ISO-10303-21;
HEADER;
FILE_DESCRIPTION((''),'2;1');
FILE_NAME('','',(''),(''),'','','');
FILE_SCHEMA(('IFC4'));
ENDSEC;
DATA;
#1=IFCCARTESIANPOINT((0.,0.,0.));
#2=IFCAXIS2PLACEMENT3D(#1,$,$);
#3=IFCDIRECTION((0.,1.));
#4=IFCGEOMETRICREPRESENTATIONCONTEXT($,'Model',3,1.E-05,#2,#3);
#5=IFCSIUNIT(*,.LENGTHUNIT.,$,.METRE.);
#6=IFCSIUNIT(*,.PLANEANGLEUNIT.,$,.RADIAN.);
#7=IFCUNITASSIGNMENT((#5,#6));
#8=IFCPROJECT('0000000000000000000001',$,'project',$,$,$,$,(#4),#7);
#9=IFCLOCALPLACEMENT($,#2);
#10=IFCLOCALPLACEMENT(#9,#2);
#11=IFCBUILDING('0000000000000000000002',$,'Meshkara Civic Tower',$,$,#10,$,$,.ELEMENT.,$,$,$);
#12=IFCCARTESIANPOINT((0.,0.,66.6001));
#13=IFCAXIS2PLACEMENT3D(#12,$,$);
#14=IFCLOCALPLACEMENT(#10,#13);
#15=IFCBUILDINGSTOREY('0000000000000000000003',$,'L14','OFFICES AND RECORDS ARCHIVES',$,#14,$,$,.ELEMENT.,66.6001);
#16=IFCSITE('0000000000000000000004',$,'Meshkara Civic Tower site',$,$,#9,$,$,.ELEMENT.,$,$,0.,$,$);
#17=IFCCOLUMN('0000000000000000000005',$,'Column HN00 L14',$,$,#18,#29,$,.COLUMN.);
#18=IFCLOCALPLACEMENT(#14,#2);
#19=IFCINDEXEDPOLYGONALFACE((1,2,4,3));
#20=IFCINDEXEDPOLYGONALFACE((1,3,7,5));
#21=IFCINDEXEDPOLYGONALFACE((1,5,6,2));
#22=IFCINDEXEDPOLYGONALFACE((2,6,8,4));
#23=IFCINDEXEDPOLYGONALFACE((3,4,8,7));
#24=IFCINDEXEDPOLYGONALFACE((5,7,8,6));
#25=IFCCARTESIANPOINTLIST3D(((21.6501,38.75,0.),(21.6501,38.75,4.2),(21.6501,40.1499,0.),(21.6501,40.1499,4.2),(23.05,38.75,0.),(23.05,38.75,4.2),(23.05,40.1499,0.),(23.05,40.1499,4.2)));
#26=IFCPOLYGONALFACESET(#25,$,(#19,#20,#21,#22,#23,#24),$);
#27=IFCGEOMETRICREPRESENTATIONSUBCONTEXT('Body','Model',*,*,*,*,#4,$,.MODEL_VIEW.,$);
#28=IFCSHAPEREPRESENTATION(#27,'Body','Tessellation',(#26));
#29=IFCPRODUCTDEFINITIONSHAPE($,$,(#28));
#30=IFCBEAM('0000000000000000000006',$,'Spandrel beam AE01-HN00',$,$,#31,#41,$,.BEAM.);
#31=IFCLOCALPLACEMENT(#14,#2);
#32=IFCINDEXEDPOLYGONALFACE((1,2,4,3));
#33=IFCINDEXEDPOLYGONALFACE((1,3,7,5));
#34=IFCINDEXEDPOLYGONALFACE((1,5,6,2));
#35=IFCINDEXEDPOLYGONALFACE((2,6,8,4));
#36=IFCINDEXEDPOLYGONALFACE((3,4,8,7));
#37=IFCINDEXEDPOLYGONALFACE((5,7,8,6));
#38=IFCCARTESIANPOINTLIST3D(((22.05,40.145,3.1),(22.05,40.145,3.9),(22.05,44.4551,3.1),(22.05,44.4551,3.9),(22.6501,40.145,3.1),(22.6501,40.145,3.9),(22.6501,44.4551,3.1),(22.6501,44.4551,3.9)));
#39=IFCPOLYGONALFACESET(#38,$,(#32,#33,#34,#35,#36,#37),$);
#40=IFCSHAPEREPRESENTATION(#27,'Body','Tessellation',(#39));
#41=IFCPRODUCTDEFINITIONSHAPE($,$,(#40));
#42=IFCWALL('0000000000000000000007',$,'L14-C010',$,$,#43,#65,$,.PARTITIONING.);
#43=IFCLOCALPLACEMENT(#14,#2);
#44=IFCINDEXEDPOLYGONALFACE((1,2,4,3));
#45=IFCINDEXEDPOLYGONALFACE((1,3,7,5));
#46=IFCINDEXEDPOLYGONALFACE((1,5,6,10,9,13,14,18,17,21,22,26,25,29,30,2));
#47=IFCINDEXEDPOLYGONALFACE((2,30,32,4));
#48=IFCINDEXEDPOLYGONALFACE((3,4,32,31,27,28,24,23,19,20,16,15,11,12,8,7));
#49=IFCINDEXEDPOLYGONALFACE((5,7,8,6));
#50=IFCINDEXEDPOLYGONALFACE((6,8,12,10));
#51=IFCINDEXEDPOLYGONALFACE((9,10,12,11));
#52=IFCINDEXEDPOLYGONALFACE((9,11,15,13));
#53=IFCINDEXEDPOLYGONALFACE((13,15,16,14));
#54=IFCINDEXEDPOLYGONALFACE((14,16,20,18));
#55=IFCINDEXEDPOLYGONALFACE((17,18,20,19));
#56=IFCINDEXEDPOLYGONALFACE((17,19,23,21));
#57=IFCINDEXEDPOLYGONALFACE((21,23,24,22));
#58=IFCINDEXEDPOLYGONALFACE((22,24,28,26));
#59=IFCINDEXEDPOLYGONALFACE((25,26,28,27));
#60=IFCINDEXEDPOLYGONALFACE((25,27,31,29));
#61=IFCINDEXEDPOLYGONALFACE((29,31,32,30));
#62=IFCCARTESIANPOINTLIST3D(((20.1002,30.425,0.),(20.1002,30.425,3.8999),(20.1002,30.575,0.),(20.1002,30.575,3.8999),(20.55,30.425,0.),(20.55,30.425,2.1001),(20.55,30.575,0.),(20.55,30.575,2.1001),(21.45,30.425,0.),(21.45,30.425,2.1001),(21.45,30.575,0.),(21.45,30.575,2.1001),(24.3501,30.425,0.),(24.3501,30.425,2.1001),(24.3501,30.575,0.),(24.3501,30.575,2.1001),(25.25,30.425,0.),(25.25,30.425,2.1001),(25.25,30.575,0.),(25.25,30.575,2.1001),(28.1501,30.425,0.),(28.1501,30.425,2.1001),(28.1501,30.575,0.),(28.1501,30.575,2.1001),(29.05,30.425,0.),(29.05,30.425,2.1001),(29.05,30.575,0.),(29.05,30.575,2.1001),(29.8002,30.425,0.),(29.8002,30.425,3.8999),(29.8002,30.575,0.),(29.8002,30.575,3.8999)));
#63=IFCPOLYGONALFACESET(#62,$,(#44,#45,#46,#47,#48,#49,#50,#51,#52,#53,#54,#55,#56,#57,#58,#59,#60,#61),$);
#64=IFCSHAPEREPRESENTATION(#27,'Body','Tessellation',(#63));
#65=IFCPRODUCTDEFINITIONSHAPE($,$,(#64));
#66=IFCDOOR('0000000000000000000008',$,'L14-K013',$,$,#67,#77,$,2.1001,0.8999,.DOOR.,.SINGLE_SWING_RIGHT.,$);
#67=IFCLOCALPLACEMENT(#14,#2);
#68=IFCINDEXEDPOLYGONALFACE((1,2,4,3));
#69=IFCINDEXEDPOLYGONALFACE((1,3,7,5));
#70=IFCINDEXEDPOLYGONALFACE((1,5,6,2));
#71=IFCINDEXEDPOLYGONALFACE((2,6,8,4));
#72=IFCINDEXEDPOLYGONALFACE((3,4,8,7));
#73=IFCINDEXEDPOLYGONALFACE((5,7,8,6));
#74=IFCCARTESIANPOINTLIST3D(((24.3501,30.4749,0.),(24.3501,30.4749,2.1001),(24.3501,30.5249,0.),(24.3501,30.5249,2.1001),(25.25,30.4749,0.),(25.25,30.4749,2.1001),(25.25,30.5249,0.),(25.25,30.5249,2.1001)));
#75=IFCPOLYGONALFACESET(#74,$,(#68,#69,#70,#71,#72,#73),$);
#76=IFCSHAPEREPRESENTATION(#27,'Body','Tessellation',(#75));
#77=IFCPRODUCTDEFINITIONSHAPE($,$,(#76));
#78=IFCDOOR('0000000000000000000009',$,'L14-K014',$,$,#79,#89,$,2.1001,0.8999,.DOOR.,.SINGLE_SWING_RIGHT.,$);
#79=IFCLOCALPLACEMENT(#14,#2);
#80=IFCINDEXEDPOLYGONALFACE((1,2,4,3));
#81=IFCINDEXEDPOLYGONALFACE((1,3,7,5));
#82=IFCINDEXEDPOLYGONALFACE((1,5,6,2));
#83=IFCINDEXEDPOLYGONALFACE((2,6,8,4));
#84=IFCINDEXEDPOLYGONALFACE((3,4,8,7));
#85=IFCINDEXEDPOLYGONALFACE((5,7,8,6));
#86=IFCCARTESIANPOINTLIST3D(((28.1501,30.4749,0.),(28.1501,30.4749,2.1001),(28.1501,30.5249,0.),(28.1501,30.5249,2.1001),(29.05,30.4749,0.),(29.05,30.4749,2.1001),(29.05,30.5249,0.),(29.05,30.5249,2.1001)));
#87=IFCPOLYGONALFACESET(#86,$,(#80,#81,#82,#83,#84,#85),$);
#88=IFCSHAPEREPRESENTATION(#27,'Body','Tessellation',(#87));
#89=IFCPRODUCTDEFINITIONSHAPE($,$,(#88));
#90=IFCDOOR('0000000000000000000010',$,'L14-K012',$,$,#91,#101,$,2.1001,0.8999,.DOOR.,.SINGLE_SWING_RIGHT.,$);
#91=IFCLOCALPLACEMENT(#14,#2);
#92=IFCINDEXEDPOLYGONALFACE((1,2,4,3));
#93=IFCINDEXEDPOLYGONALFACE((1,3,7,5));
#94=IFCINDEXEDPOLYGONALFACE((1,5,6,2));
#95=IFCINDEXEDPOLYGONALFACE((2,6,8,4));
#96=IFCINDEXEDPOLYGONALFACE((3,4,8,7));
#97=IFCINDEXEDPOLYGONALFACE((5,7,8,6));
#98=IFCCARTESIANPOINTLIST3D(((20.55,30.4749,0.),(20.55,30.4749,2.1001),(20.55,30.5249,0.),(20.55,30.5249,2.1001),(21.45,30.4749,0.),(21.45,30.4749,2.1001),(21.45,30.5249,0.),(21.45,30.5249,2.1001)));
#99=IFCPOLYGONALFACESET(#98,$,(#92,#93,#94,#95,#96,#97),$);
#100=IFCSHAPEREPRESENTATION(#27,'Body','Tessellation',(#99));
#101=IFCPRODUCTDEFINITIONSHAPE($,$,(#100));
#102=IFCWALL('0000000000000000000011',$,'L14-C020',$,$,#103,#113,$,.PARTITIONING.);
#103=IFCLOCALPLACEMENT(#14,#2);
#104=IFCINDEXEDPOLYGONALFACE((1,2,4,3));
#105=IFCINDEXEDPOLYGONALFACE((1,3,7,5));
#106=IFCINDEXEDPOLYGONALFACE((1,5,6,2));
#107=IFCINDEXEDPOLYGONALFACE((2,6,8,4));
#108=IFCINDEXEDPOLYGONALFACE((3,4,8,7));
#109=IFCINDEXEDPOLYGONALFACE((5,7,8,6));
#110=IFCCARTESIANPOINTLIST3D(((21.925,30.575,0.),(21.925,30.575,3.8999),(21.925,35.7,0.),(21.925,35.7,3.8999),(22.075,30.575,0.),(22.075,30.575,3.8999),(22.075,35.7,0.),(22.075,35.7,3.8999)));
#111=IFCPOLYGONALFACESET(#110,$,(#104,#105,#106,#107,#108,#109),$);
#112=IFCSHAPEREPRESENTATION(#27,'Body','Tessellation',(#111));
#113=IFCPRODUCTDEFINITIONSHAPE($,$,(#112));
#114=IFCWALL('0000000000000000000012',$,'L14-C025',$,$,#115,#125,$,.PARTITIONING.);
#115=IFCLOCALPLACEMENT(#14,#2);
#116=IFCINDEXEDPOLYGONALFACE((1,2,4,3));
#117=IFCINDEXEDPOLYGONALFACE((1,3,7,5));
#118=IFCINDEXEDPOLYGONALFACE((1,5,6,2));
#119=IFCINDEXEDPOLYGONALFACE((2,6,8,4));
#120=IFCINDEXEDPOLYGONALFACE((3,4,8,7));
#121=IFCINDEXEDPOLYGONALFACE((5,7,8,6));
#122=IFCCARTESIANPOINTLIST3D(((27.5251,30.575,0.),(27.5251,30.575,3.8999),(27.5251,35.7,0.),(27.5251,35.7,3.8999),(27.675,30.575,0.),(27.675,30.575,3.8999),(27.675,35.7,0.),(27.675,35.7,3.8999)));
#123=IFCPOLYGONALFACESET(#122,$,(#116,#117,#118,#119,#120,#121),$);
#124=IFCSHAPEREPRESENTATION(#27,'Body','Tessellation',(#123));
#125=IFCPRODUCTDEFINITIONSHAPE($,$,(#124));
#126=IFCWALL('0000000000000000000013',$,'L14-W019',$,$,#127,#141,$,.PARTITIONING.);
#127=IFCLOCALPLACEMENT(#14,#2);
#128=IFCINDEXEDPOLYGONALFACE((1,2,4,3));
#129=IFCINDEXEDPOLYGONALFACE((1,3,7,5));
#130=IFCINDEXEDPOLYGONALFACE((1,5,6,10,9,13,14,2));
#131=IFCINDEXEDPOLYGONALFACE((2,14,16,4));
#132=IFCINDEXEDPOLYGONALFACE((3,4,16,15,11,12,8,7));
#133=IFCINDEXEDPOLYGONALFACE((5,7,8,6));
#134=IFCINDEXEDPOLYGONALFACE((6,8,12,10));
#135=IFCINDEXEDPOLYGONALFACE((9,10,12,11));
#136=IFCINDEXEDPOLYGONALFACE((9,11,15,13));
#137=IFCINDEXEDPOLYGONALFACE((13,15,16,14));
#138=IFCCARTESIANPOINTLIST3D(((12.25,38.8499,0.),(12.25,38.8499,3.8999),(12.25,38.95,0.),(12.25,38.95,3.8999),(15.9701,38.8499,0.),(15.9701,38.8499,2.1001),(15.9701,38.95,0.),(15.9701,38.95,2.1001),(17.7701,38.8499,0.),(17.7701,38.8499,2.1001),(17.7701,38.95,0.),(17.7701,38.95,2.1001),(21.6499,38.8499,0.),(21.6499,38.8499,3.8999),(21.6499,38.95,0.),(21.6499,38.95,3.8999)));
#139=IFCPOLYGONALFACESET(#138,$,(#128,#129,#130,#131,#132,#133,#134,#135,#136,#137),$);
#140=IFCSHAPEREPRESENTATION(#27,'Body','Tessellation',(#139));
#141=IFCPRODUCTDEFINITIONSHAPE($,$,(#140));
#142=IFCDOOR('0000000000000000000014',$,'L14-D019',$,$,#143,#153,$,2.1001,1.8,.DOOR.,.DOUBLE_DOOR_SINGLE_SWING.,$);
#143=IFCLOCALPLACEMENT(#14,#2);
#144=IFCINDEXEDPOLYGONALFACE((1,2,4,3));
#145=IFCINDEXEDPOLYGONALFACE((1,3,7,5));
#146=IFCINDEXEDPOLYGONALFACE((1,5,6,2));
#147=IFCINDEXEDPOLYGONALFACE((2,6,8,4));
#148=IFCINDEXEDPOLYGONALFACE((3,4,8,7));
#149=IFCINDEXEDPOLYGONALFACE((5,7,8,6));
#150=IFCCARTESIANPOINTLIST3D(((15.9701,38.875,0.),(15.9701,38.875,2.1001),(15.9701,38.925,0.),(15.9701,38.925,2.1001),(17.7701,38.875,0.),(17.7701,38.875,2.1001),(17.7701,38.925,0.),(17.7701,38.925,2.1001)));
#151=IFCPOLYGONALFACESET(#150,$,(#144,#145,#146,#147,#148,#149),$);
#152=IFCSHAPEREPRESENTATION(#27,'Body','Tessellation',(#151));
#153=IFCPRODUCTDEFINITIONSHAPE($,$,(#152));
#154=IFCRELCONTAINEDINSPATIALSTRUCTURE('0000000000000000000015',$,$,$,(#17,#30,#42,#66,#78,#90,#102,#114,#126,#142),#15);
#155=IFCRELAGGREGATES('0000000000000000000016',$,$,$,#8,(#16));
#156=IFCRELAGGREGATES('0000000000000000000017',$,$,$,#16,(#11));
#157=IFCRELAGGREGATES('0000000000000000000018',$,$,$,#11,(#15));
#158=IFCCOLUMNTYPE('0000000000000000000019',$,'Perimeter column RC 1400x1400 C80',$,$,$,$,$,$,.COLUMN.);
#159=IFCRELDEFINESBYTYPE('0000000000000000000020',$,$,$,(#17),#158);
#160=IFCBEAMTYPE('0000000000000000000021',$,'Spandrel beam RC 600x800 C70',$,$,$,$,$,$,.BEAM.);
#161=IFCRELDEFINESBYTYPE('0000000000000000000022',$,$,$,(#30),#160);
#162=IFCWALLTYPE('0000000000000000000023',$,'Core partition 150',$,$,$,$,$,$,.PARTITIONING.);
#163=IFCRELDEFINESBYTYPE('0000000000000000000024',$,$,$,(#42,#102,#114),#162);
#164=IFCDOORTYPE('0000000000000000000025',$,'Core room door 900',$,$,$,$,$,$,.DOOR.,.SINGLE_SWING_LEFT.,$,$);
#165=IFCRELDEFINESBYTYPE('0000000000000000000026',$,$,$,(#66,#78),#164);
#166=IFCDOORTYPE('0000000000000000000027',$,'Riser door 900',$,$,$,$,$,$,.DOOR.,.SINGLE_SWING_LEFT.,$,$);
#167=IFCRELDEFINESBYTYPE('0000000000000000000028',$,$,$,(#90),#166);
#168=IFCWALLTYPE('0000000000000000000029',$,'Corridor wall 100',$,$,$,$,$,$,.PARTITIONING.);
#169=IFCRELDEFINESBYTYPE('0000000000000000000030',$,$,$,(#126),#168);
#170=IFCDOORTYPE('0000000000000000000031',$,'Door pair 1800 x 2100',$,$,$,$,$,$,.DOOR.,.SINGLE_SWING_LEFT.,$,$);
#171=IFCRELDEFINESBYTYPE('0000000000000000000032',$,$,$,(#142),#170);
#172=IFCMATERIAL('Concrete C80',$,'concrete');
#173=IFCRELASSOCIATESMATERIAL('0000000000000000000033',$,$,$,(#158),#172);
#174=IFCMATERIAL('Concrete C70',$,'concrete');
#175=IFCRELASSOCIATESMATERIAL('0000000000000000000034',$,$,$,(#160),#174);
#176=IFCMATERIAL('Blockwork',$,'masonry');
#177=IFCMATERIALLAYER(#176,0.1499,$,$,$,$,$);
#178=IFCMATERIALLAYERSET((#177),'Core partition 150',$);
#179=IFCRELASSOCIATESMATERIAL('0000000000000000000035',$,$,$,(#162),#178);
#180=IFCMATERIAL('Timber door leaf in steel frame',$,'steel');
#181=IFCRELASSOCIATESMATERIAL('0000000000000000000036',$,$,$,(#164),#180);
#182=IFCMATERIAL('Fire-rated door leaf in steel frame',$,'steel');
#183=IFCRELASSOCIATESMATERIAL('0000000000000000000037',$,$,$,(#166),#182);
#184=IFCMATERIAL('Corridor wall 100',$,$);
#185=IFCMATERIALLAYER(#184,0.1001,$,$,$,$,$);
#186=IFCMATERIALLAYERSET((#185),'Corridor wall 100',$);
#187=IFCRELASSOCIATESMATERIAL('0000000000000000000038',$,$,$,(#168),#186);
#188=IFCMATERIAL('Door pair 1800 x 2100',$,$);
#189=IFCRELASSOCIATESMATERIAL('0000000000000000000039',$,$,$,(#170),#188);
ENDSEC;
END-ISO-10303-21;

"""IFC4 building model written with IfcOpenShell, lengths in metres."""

from ifc_helpers import new_model, si_unit, direction, frame, frame_2d, origin, origin_2d, place, context, subcontext, project, spatial, rectangle, extrude, material, layer, layer_set, material_profile, profile_set, type_object, element, fill, save


model = new_model("IFC4")

# Units and contexts
model_context = context("Model", 3, precision=1e-05, world=origin(), true_north=direction((0.0, 1.0)))
body_context = subcontext(model_context, "Body", "Model", "MODEL_VIEW")
ifc_project = project(units=[si_unit("LENGTHUNIT", "METRE"), si_unit("PLANEANGLEUNIT", "RADIAN")], contexts=[model_context])

# Site, building, storey
site_placement = place(None, origin())
site = spatial("IfcSite", under=ifc_project, at=site_placement, Name="Meshkara Civic Tower site", CompositionType="ELEMENT", RefElevation=0.0)
building_placement = place(site_placement, origin())
building = spatial("IfcBuilding", under=site, at=building_placement, Name="Meshkara Civic Tower", CompositionType="ELEMENT")
storey_placement = place(building_placement, frame((0.0, 0.0, 66.6001)))
storey = spatial("IfcBuildingStorey", under=building, at=storey_placement, Name="L14", Description="OFFICES AND RECORDS ARCHIVES", CompositionType="ELEMENT", Elevation=66.6001)

# Column
ifc_material_1 = material(Name="Concrete C80", Category="concrete")
ifc_material_profile_1 = material_profile(ifc_material_1, rectangle(XDim=1.3999, YDim=1.3999, at=origin_2d()))
ifc_profile_set_1 = profile_set([ifc_material_profile_1], Name="Concrete C80")
column_type = type_object("IfcColumnType", Name="Perimeter column RC 1400x1400 C80", PredefinedType="COLUMN", material=ifc_profile_set_1)
column_placement = place(storey_placement, frame((22.3501, 39.45, 0.0), z_axis=(0.0, 0.0, 1.0), x_axis=(1.0, 0.0, 0.0)))
element("IfcColumn", 1, at=column_placement, inside=storey, type_object=column_type, Name="Column HN00 L14", PredefinedType="COLUMN", context=body_context, shape_type="SweptSolid", body=[
    extrude(rectangle(XDim=1.3999, YDim=1.3999, at=origin_2d()), origin(), (0.0, 0.0, 1.0), 4.2),
])

# Beam
ifc_material_2 = material(Name="Concrete C70", Category="concrete")
ifc_material_profile_2 = material_profile(ifc_material_2, rectangle(XDim=0.6001, YDim=0.8, at=origin_2d()))
ifc_profile_set_2 = profile_set([ifc_material_profile_2], Name="Concrete C70")
beam_type = type_object("IfcBeamType", Name="Spandrel beam RC 600x800 C70", PredefinedType="BEAM", material=ifc_profile_set_2)
beam_placement = place(storey_placement, frame((22.3501, 40.145, 3.5), z_axis=(0.0, 1.0, 0.0), x_axis=(-1.0, 0.0, 0.0)))
element("IfcBeam", 2, at=beam_placement, inside=storey, type_object=beam_type, Name="Spandrel beam AE01-HN00", PredefinedType="BEAM", context=body_context, shape_type="SweptSolid", body=[
    extrude(rectangle(XDim=0.6001, YDim=0.8, at=origin_2d()), origin(), (0.0, 0.0, 1.0), 4.3101),
])

# Wall, openings, doors
ifc_material_3 = material(Name="Blockwork", Category="masonry")
ifc_layer_1 = layer(ifc_material_3, 0.1499)
ifc_layer_set_1 = layer_set([ifc_layer_1], Name="Core partition 150")
wall_type_1 = type_object("IfcWallType", Name="Core partition 150", PredefinedType="PARTITIONING", material=ifc_layer_set_1)
wall_1_placement = place(storey_placement, frame((20.1001, 30.5, 0.0), z_axis=(0.0, 0.0, 1.0), x_axis=(1.0, 0.0, 0.0)))
wall_1 = element("IfcWall", 3, at=wall_1_placement, inside=storey, type_object=wall_type_1, Name="L14-C010", PredefinedType="PARTITIONING", context=body_context, shape_type="SweptSolid", body=[
    extrude(rectangle(XDim=9.7, YDim=0.1499, at=frame_2d((4.8501, 0.0))), origin(), (0.0, 0.0, 1.0), 3.8999),
])
opening_1_placement = place(wall_1_placement, frame((0.45, 0.0, 0.0)))
opening_1 = element("IfcOpeningElement", 4, at=opening_1_placement, cuts=wall_1, PredefinedType="OPENING", context=body_context, shape_type="SweptSolid", body=[
    extrude(rectangle(XDim=0.8999, YDim=2.1001, at=frame_2d((0.45, 1.05))), frame((0.0, 0.085, 0.0), z_axis=(0.0, -1.0, 0.0), x_axis=(1.0, 0.0, 0.0)), (0.0, 0.0, 1.0), 0.1699),
])
opening_2_placement = place(wall_1_placement, frame((4.25, 0.0, 0.0)))
opening_2 = element("IfcOpeningElement", 5, at=opening_2_placement, cuts=wall_1, PredefinedType="OPENING", context=body_context, shape_type="SweptSolid", body=[
    extrude(rectangle(XDim=0.8999, YDim=2.1001, at=frame_2d((0.45, 1.05))), frame((0.0, 0.085, 0.0), z_axis=(0.0, -1.0, 0.0), x_axis=(1.0, 0.0, 0.0)), (0.0, 0.0, 1.0), 0.1699),
])
opening_3_placement = place(wall_1_placement, frame((8.05, 0.0, 0.0)))
opening_3 = element("IfcOpeningElement", 6, at=opening_3_placement, cuts=wall_1, PredefinedType="OPENING", context=body_context, shape_type="SweptSolid", body=[
    extrude(rectangle(XDim=0.8999, YDim=2.1001, at=frame_2d((0.45, 1.05))), frame((0.0, 0.085, 0.0), z_axis=(0.0, -1.0, 0.0), x_axis=(1.0, 0.0, 0.0)), (0.0, 0.0, 1.0), 0.1699),
])
ifc_material_4 = material(Name="Timber door leaf in steel frame", Category="steel")
door_type_1 = type_object("IfcDoorType", Name="Core room door 900", OperationType="SINGLE_SWING_LEFT", PredefinedType="DOOR", material=ifc_material_4)
door_1_placement = place(opening_2_placement, origin())
door_1 = element("IfcDoor", 7, at=door_1_placement, inside=storey, type_object=door_type_1, Name="L14-K013", OperationType="SINGLE_SWING_RIGHT", OverallHeight=2.1001, OverallWidth=0.8999, PredefinedType="DOOR", context=body_context, shape_type="SweptSolid", body=[
    extrude(rectangle(XDim=0.8999, YDim=2.1001, at=frame_2d((0.45, 1.05))), frame((0.0, 0.0249, 0.0), z_axis=(0.0, -1.0, 0.0), x_axis=(1.0, 0.0, 0.0)), (0.0, 0.0, 1.0), 0.05),
])
fill(opening_2, door_1)
door_2_placement = place(opening_3_placement, origin())
door_2 = element("IfcDoor", 8, at=door_2_placement, inside=storey, type_object=door_type_1, Name="L14-K014", OperationType="SINGLE_SWING_RIGHT", OverallHeight=2.1001, OverallWidth=0.8999, PredefinedType="DOOR", context=body_context, shape_type="SweptSolid", body=[
    extrude(rectangle(XDim=0.8999, YDim=2.1001, at=frame_2d((0.45, 1.05))), frame((0.0, 0.0249, 0.0), z_axis=(0.0, -1.0, 0.0), x_axis=(1.0, 0.0, 0.0)), (0.0, 0.0, 1.0), 0.05),
])
fill(opening_3, door_2)
ifc_material_5 = material(Name="Fire-rated door leaf in steel frame", Category="steel")
door_type_2 = type_object("IfcDoorType", Name="Riser door 900", OperationType="SINGLE_SWING_LEFT", PredefinedType="DOOR", material=ifc_material_5)
door_3_placement = place(opening_1_placement, origin())
door_3 = element("IfcDoor", 9, at=door_3_placement, inside=storey, type_object=door_type_2, Name="L14-K012", OperationType="SINGLE_SWING_RIGHT", OverallHeight=2.1001, OverallWidth=0.8999, PredefinedType="DOOR", context=body_context, shape_type="SweptSolid", body=[
    extrude(rectangle(XDim=0.8999, YDim=2.1001, at=frame_2d((0.45, 1.05))), frame((0.0, 0.0249, 0.0), z_axis=(0.0, -1.0, 0.0), x_axis=(1.0, 0.0, 0.0)), (0.0, 0.0, 1.0), 0.05),
])
fill(opening_1, door_3)

# Walls
for number, where, z_axis, x_axis, name in (
    (10, (22.0, 30.575, 0.0), (0.0, 0.0, 1.0), (0.0, 1.0, 0.0), "L14-C020"),
    (11, (27.6001, 30.575, 0.0), (0.0, 0.0, 1.0), (0.0, 1.0, 0.0), "L14-C025"),
):
    element("IfcWall", number, at=place(storey_placement, frame(where, z_axis=z_axis, x_axis=x_axis)), inside=storey, type_object=wall_type_1, Name=name, PredefinedType="PARTITIONING", context=body_context, shape_type="SweptSolid", body=[
        extrude(rectangle(XDim=5.125, YDim=0.1499, at=frame_2d((2.5625, 0.0))), origin(), (0.0, 0.0, 1.0), 3.8999),
    ])

# Wall, opening, door
ifc_material_6 = material(Name="Corridor wall 100")
ifc_layer_2 = layer(ifc_material_6, 0.1001)
ifc_layer_set_2 = layer_set([ifc_layer_2], Name="Corridor wall 100")
wall_type_2 = type_object("IfcWallType", Name="Corridor wall 100", PredefinedType="PARTITIONING", material=ifc_layer_set_2)
wall_2_placement = place(storey_placement, frame((21.6499, 38.8999, 0.0), z_axis=(0.0, 0.0, 1.0), x_axis=(-1.0, 0.0, 0.0)))
wall_2 = element("IfcWall", 12, at=wall_2_placement, inside=storey, type_object=wall_type_2, Name="L14-W019", PredefinedType="PARTITIONING", context=body_context, shape_type="SweptSolid", body=[
    extrude(rectangle(XDim=9.3999, YDim=0.1001, at=frame_2d((4.7, 0.0))), origin(), (0.0, 0.0, 1.0), 3.8999),
])
opening_4_placement = place(wall_2_placement, frame((3.8799, 0.0, 0.0)))
opening_4 = element("IfcOpeningElement", 13, at=opening_4_placement, cuts=wall_2, PredefinedType="OPENING", context=body_context, shape_type="SweptSolid", body=[
    extrude(rectangle(XDim=1.8, YDim=2.1001, at=frame_2d((0.8999, 1.05))), frame((0.0, 0.0601, 0.0), z_axis=(0.0, -1.0, 0.0), x_axis=(1.0, 0.0, 0.0)), (0.0, 0.0, 1.0), 0.1201),
])
ifc_material_7 = material(Name="Door pair 1800 x 2100")
door_type_3 = type_object("IfcDoorType", Name="Door pair 1800 x 2100", OperationType="SINGLE_SWING_LEFT", PredefinedType="DOOR", material=ifc_material_7)
door_4_placement = place(opening_4_placement, origin())
door_4 = element("IfcDoor", 14, at=door_4_placement, inside=storey, type_object=door_type_3, Name="L14-D019", OperationType="DOUBLE_DOOR_SINGLE_SWING", OverallHeight=2.1001, OverallWidth=1.8, PredefinedType="DOOR", context=body_context, shape_type="SweptSolid", body=[
    extrude(rectangle(XDim=1.8, YDim=2.1001, at=frame_2d((0.8999, 1.05))), frame((0.0, 0.0249, 0.0), z_axis=(0.0, -1.0, 0.0), x_axis=(1.0, 0.0, 0.0)), (0.0, 0.0, 1.0), 0.05),
])
fill(opening_4, door_4)

save(model, "model.ifc")
